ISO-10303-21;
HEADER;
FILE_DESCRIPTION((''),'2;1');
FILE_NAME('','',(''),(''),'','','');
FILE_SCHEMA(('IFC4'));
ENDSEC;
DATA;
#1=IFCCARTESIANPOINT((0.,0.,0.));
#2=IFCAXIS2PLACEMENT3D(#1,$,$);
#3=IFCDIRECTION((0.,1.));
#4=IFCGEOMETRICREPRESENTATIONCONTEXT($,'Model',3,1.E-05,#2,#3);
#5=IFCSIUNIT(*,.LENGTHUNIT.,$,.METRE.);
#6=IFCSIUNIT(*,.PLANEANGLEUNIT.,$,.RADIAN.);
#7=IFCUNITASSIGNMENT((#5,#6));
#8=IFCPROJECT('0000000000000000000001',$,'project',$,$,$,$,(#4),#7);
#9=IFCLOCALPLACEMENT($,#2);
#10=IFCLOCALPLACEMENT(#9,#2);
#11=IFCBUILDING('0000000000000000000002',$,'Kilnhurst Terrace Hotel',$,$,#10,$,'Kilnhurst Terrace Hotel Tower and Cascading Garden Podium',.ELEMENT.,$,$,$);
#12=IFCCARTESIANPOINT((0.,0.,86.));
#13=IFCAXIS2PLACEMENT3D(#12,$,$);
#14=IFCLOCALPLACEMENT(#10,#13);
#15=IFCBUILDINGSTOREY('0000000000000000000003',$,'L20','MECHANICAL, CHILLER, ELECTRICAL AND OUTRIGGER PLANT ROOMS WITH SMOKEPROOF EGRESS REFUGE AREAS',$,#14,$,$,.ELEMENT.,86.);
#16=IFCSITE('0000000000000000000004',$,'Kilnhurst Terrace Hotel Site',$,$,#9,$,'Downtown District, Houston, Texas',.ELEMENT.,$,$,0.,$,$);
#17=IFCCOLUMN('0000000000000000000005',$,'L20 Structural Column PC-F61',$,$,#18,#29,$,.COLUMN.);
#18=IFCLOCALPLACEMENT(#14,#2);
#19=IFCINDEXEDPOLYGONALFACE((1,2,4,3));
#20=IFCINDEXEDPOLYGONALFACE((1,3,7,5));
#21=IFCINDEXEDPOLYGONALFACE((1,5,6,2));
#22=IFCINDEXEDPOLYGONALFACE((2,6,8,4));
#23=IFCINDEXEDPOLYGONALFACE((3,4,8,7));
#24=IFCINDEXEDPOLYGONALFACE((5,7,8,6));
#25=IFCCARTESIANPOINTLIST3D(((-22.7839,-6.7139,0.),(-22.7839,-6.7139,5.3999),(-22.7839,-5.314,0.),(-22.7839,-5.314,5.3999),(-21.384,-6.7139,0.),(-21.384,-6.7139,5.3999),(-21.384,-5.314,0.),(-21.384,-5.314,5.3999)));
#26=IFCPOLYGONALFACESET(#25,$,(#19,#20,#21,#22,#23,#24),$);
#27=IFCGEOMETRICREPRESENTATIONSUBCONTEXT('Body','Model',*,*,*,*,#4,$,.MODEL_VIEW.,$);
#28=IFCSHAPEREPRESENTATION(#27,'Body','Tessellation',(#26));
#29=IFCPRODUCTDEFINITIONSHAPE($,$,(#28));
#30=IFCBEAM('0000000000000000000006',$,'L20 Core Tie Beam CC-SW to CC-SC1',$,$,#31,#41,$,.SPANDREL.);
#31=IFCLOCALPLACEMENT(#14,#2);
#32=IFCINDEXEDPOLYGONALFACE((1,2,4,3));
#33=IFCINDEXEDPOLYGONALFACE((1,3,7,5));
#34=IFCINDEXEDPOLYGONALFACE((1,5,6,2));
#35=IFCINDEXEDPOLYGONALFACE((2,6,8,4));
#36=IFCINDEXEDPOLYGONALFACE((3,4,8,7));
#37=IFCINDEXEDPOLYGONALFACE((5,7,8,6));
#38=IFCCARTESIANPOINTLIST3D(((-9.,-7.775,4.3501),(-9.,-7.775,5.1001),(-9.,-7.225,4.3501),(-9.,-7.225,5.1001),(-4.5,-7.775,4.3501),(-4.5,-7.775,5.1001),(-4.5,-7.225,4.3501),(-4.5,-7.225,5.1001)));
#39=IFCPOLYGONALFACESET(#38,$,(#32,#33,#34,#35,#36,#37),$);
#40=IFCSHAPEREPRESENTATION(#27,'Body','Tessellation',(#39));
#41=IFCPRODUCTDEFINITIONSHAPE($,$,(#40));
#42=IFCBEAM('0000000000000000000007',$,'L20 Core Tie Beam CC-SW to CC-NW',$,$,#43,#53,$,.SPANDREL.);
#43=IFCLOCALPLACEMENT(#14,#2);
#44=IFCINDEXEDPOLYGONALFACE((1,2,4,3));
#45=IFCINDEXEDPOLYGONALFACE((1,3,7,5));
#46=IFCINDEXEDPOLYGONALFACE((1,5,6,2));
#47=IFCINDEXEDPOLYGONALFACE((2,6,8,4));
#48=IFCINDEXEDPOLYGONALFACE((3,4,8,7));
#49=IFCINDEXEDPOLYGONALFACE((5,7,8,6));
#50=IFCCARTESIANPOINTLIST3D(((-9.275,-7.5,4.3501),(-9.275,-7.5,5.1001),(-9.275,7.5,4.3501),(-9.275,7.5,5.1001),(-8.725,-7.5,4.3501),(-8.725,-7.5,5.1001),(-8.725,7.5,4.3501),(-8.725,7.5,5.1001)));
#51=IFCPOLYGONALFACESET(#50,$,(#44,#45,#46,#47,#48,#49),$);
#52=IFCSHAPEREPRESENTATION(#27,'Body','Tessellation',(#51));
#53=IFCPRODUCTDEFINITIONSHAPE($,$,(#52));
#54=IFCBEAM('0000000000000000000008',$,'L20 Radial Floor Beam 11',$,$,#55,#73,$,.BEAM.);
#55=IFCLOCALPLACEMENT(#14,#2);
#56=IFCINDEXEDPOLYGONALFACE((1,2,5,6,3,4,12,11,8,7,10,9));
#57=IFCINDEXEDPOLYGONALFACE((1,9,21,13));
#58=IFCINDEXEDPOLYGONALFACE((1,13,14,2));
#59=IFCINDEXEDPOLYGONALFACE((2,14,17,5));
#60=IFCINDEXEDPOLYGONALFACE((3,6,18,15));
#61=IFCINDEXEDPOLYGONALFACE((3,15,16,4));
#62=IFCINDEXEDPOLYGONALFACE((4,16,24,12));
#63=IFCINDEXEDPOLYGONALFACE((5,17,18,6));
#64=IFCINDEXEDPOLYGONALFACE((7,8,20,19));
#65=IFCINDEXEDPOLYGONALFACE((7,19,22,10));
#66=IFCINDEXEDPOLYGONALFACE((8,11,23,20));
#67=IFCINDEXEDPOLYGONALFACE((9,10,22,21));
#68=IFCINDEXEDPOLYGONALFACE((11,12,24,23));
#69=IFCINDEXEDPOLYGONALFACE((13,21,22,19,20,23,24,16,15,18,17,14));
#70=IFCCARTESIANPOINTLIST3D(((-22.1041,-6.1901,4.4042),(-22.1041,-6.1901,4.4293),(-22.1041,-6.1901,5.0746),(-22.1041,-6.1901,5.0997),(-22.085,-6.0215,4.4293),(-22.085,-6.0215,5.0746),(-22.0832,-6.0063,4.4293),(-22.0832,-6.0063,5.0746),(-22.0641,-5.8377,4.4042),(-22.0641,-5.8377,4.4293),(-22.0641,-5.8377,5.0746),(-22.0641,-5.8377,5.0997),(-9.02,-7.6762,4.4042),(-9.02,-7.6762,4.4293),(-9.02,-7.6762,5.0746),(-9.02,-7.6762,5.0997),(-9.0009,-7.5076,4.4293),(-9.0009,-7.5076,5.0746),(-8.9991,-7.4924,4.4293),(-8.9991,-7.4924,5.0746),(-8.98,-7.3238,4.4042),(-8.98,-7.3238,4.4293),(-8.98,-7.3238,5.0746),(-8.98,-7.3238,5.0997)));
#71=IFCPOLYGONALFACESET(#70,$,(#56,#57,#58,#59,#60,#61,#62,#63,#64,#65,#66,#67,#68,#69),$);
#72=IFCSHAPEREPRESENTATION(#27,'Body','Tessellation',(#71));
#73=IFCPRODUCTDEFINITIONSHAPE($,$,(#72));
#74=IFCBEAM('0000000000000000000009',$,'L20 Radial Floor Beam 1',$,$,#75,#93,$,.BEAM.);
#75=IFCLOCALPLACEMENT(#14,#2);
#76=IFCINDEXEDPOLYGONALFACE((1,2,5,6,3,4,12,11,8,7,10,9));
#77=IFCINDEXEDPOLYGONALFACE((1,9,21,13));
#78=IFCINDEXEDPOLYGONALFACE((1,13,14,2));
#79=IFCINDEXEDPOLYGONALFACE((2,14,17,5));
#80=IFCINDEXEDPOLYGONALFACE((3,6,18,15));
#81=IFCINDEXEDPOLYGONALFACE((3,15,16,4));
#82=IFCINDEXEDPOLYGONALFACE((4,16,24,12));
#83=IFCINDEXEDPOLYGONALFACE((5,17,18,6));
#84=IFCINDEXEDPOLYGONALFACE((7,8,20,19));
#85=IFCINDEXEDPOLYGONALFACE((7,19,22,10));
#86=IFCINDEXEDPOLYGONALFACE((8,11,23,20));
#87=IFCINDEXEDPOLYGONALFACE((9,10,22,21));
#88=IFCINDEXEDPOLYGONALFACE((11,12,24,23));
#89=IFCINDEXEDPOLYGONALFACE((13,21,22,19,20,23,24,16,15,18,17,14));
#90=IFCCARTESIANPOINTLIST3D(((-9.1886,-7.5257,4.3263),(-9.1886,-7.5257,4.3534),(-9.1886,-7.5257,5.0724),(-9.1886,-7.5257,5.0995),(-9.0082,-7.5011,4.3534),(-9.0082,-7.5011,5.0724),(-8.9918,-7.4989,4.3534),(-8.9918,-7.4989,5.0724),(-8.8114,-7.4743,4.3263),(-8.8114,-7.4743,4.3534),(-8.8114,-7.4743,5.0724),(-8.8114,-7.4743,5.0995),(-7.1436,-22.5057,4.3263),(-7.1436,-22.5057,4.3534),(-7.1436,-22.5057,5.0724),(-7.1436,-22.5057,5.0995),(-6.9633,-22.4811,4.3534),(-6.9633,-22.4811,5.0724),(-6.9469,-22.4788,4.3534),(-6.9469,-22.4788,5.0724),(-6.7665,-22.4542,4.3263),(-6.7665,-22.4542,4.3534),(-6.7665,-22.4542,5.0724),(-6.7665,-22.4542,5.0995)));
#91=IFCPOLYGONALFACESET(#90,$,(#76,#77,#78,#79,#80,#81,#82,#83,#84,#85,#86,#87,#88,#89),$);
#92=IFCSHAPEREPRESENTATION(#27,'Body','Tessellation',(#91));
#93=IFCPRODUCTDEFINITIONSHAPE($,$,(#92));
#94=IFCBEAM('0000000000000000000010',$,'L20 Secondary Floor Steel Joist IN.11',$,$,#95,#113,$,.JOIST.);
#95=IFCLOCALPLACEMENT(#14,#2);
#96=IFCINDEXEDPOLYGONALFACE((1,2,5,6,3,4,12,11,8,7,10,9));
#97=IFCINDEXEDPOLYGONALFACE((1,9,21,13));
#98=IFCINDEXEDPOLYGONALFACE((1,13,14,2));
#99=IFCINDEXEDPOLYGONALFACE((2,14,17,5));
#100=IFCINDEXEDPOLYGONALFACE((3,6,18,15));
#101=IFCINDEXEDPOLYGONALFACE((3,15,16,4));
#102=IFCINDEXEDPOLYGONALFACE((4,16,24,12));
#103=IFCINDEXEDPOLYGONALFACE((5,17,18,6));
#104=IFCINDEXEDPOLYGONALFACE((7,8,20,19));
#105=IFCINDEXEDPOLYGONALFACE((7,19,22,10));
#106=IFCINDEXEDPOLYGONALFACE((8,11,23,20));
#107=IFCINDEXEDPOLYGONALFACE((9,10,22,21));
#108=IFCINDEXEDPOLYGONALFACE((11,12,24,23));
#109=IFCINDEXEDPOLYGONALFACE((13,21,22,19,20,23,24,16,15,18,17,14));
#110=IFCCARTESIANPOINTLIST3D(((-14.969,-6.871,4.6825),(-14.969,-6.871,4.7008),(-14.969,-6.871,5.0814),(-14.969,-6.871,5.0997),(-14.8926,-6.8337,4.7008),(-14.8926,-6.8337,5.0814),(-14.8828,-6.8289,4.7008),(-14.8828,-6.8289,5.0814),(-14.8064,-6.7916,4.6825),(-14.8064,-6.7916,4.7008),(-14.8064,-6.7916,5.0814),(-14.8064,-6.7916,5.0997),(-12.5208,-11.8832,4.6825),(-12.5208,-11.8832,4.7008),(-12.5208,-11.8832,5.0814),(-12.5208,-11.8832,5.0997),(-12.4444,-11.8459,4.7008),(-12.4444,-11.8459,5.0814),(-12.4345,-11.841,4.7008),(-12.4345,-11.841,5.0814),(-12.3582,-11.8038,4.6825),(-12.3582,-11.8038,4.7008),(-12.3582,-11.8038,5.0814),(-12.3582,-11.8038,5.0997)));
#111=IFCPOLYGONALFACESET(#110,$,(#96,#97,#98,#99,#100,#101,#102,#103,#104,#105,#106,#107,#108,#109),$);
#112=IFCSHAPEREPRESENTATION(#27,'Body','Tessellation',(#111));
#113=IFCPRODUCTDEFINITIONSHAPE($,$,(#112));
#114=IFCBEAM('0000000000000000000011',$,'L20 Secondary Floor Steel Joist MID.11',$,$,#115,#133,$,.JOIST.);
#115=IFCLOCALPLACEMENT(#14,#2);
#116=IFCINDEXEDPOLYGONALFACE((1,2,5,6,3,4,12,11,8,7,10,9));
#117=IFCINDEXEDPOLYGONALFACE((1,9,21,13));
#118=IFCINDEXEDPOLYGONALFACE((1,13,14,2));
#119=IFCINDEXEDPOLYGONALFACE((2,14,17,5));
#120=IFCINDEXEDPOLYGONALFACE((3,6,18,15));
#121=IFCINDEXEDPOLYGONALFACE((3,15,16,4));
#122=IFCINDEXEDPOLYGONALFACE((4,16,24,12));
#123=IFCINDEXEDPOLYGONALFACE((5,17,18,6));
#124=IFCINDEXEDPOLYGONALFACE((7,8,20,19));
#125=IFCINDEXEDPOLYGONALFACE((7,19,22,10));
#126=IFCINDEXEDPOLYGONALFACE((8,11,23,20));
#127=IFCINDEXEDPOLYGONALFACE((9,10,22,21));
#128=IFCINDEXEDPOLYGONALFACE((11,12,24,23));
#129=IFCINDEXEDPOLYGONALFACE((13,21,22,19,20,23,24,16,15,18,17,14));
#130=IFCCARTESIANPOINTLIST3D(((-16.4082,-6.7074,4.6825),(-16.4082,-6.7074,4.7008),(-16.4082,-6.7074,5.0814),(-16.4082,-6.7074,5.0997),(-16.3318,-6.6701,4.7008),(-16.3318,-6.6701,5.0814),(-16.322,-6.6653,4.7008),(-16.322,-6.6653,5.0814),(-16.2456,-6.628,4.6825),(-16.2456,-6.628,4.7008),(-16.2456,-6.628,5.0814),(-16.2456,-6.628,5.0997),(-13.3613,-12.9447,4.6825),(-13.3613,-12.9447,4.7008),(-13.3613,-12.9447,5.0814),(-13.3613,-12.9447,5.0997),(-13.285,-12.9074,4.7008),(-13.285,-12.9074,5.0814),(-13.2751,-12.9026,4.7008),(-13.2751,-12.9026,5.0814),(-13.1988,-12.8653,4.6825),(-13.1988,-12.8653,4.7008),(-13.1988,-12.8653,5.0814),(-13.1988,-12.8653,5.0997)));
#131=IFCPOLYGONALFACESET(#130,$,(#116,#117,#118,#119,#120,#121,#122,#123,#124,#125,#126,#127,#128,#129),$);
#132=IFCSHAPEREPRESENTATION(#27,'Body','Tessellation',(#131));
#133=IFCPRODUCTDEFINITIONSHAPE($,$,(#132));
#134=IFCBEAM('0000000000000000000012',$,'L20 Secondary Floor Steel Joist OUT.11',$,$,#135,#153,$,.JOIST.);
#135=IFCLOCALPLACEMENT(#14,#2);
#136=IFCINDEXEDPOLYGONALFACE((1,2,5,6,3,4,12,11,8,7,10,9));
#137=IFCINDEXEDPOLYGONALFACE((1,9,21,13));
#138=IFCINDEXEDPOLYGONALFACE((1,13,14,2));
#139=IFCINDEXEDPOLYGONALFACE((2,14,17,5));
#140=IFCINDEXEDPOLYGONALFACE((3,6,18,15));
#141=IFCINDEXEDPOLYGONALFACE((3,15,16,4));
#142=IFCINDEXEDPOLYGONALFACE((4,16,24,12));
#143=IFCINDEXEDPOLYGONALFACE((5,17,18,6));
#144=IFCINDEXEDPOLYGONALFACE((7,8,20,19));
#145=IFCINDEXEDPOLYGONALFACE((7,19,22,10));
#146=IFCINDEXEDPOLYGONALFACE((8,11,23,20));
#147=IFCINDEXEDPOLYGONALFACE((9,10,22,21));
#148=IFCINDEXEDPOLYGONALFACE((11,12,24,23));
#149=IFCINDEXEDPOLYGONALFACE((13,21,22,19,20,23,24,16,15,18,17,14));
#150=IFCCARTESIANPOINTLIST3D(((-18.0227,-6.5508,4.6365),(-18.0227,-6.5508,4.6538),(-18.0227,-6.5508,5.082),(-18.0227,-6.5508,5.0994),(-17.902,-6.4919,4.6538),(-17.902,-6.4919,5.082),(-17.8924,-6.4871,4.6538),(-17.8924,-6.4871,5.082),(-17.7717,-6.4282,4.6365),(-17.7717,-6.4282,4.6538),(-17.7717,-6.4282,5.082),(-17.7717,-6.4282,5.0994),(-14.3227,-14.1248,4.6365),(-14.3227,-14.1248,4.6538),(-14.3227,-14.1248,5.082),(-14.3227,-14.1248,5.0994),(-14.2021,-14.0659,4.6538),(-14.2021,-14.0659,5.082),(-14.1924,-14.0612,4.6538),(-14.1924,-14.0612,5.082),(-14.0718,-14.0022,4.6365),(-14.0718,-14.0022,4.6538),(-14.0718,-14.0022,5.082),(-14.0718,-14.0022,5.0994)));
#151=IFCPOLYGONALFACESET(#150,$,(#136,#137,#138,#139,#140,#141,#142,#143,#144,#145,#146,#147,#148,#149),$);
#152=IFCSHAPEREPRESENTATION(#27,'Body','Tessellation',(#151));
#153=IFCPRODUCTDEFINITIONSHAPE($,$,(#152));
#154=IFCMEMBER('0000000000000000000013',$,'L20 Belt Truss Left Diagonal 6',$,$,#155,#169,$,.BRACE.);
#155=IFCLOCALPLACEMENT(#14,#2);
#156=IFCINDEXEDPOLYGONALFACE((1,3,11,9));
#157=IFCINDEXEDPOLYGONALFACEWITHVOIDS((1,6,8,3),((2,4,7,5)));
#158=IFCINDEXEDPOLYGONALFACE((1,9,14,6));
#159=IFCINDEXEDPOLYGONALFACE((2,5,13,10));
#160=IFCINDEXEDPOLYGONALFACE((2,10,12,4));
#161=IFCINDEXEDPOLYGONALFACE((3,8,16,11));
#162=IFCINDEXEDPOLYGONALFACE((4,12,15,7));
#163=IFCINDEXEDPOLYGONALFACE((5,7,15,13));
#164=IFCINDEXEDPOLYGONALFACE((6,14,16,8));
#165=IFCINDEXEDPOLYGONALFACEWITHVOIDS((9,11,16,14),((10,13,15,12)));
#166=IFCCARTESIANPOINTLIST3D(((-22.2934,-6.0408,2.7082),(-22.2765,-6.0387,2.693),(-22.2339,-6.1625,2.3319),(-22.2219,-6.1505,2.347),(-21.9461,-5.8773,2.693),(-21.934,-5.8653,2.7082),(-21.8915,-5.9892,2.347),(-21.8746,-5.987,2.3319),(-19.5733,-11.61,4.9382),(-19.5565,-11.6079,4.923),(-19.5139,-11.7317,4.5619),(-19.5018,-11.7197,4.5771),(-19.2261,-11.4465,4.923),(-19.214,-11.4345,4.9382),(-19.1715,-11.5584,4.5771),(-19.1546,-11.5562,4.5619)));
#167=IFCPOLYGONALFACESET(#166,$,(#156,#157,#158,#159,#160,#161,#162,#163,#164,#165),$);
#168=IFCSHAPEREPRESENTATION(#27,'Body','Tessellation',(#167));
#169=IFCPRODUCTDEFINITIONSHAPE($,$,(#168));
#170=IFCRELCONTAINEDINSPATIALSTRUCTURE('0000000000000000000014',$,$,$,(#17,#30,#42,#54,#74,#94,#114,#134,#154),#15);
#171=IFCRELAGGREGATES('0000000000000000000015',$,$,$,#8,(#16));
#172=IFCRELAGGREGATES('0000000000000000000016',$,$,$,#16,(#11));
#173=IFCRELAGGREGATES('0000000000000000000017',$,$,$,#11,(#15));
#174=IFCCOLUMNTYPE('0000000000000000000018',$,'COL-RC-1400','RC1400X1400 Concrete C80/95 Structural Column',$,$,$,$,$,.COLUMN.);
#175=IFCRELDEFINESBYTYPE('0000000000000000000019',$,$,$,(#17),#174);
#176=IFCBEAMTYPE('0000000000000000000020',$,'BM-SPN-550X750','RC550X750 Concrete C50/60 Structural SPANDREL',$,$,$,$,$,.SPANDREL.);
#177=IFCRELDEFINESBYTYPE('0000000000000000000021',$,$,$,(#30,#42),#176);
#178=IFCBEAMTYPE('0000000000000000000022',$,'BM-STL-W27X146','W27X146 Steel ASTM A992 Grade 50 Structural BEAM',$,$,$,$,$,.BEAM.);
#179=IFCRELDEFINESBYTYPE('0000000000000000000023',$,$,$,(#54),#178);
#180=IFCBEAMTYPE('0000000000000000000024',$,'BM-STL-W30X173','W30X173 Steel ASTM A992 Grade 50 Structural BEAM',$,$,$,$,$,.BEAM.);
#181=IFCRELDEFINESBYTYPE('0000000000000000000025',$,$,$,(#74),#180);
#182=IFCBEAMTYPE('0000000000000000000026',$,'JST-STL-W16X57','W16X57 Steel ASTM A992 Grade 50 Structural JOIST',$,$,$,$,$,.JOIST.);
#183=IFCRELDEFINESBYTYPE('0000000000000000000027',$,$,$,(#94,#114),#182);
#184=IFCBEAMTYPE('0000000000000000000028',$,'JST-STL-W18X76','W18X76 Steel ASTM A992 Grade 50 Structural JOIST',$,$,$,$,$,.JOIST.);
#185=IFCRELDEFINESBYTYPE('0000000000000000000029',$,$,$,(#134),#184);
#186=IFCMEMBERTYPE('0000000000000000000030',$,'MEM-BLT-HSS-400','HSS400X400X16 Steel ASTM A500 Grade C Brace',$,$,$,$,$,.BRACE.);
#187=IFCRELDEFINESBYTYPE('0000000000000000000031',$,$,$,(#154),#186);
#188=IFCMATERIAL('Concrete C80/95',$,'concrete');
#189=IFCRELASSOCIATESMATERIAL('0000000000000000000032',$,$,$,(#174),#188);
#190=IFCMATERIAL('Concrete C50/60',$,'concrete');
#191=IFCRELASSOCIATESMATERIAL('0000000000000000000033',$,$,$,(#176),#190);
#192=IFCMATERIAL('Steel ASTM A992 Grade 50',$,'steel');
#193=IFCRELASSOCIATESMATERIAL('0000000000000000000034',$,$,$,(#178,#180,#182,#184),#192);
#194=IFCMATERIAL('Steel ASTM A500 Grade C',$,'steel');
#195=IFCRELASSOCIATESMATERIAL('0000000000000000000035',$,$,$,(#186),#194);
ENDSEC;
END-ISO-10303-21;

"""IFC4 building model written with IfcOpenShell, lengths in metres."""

from ifc_helpers import new_model, si_unit, direction, frame, origin, origin_2d, place, context, subcontext, project, spatial, rectangle, hollow_rectangle, i_section, extrude, material, material_profile, profile_set, type_object, element, save


model = new_model("IFC4")

# Units and contexts
model_context = context("Model", 3, precision=1e-05, world=origin(), true_north=direction((0.0, 1.0)))
body_context = subcontext(model_context, "Body", "Model", "MODEL_VIEW")
ifc_project = project(units=[si_unit("LENGTHUNIT", "METRE"), si_unit("PLANEANGLEUNIT", "RADIAN")], contexts=[model_context])

# Site, building, storey
site_placement = place(None, origin())
site = spatial("IfcSite", under=ifc_project, at=site_placement, Name="Kilnhurst Terrace Hotel Site", LongName="Downtown District, Houston, Texas", CompositionType="ELEMENT", RefElevation=0.0)
building_placement = place(site_placement, origin())
building = spatial("IfcBuilding", under=site, at=building_placement, Name="Kilnhurst Terrace Hotel", LongName="Kilnhurst Terrace Hotel Tower and Cascading Garden Podium", CompositionType="ELEMENT")
storey_placement = place(building_placement, frame((0.0, 0.0, 86.0)))
storey = spatial("IfcBuildingStorey", under=building, at=storey_placement, Name="L20", Description="MECHANICAL, CHILLER, ELECTRICAL AND OUTRIGGER PLANT ROOMS WITH SMOKEPROOF EGRESS REFUGE AREAS", CompositionType="ELEMENT", Elevation=86.0)

# Column
ifc_material_1 = material(Name="Concrete C80/95", Category="concrete")
ifc_material_profile_1 = material_profile(ifc_material_1, rectangle(XDim=1.3999, YDim=1.3999, at=origin_2d()), Name="RC1400X1400")
ifc_profile_set_1 = profile_set([ifc_material_profile_1], Name="Concrete C80/95")
column_type = type_object("IfcColumnType", Name="COL-RC-1400", Description="RC1400X1400 Concrete C80/95 Structural Column", PredefinedType="COLUMN", material=ifc_profile_set_1)
column_placement = place(storey_placement, frame((-22.084, -6.0139, 0.0), z_axis=(0.0, 0.0, 1.0), x_axis=(1.0, 0.0, 0.0)))
element("IfcColumn", 1, at=column_placement, inside=storey, type_object=column_type, Name="L20 Structural Column PC-F61", PredefinedType="COLUMN", context=body_context, shape_type="SweptSolid", body=[
    extrude(rectangle(XDim=1.3999, YDim=1.3999, at=origin_2d()), origin(), (0.0, 0.0, 1.0), 5.3999),
])

# Beams
ifc_material_2 = material(Name="Concrete C50/60", Category="concrete")
ifc_material_profile_2 = material_profile(ifc_material_2, rectangle(XDim=0.55, YDim=0.75, at=origin_2d()), Name="RC550X750")
ifc_profile_set_2 = profile_set([ifc_material_profile_2], Name="Concrete C50/60")
beam_type_1 = type_object("IfcBeamType", Name="BM-SPN-550X750", Description="RC550X750 Concrete C50/60 Structural SPANDREL", PredefinedType="SPANDREL", material=ifc_profile_set_2)
beam_1_placement = place(storey_placement, frame((-9.0, -7.5, 4.7251), z_axis=(1.0, 0.0, 0.0), x_axis=(0.0, 1.0, 0.0)))
element("IfcBeam", 2, at=beam_1_placement, inside=storey, type_object=beam_type_1, Name="L20 Core Tie Beam CC-SW to CC-SC1", PredefinedType="SPANDREL", context=body_context, shape_type="SweptSolid", body=[
    extrude(rectangle(XDim=0.55, YDim=0.75, at=origin_2d()), origin(), (0.0, 0.0, 1.0), 4.5),
])
beam_2_placement = place(storey_placement, frame((-9.0, -7.5, 4.7251), z_axis=(0.0, 1.0, 0.0), x_axis=(-1.0, 0.0, 0.0)))
element("IfcBeam", 3, at=beam_2_placement, inside=storey, type_object=beam_type_1, Name="L20 Core Tie Beam CC-SW to CC-NW", PredefinedType="SPANDREL", context=body_context, shape_type="SweptSolid", body=[
    extrude(rectangle(XDim=0.55, YDim=0.75, at=origin_2d()), origin(), (0.0, 0.0, 1.0), 15.0),
])
ifc_material_3 = material(Name="Steel ASTM A992 Grade 50", Category="steel")
ifc_material_profile_3 = material_profile(ifc_material_3, i_section(OverallWidth=0.3547, OverallDepth=0.6956, WebThickness=0.0154, FlangeThickness=0.0251, at=origin_2d()), Name="W27X146")
ifc_profile_set_3 = profile_set([ifc_material_profile_3], Name="Steel ASTM A992 Grade 50")
beam_type_2 = type_object("IfcBeamType", Name="BM-STL-W27X146", Description="W27X146 Steel ASTM A992 Grade 50 Structural BEAM", PredefinedType="BEAM", material=ifc_profile_set_3)
beam_3_placement = place(storey_placement, frame((-9.0, -7.5, 4.752), z_axis=(-0.993611, 0.112855, 0.0), x_axis=(-0.112855, -0.993611, 0.0)))
element("IfcBeam", 4, at=beam_3_placement, inside=storey, type_object=beam_type_2, Name="L20 Radial Floor Beam 11", PredefinedType="BEAM", context=body_context, shape_type="SweptSolid", body=[
    extrude(i_section(OverallWidth=0.3547, OverallDepth=0.6956, WebThickness=0.0154, FlangeThickness=0.0251, at=origin_2d()), origin(), (0.0, 0.0, 1.0), 13.1682),
])
ifc_material_profile_4 = material_profile(ifc_material_3, i_section(OverallWidth=0.3806, OverallDepth=0.7732, WebThickness=0.0166, FlangeThickness=0.0271, at=origin_2d()), Name="W30X173")
ifc_profile_set_4 = profile_set([ifc_material_profile_4], Name="Steel ASTM A992 Grade 50")
beam_type_3 = type_object("IfcBeamType", Name="BM-STL-W30X173", Description="W30X173 Steel ASTM A992 Grade 50 Structural BEAM", PredefinedType="BEAM", material=ifc_profile_set_4)
beam_4_placement = place(storey_placement, frame((-9.0, -7.5, 4.7129), z_axis=(0.135256, -0.990811, 0.0), x_axis=(0.990811, 0.135256, 0.0)))
element("IfcBeam", 5, at=beam_4_placement, inside=storey, type_object=beam_type_3, Name="L20 Radial Floor Beam 1", PredefinedType="BEAM", context=body_context, shape_type="SweptSolid", body=[
    extrude(i_section(OverallWidth=0.3806, OverallDepth=0.7732, WebThickness=0.0166, FlangeThickness=0.0271, at=origin_2d()), origin(), (0.0, 0.0, 1.0), 15.1189),
])
ifc_material_profile_5 = material_profile(ifc_material_3, i_section(OverallWidth=0.1809, OverallDepth=0.4172, WebThickness=0.011, FlangeThickness=0.0183, at=origin_2d()), Name="W16X57")
ifc_profile_set_5 = profile_set([ifc_material_profile_5], Name="Steel ASTM A992 Grade 50")
beam_type_4 = type_object("IfcBeamType", Name="JST-STL-W16X57", Description="W16X57 Steel ASTM A992 Grade 50 Structural JOIST", PredefinedType="JOIST", material=ifc_profile_set_5)
beam_5_placement = place(storey_placement, frame((-14.8877, -6.8313, 4.8911), z_axis=(0.438896, -0.898538, 0.0), x_axis=(0.898538, 0.438896, 0.0)))
element("IfcBeam", 6, at=beam_5_placement, inside=storey, type_object=beam_type_4, Name="L20 Secondary Floor Steel Joist IN.11", PredefinedType="JOIST", context=body_context, shape_type="SweptSolid", body=[
    extrude(i_section(OverallWidth=0.1809, OverallDepth=0.4172, WebThickness=0.011, FlangeThickness=0.0183, at=origin_2d()), origin(), (0.0, 0.0, 1.0), 5.5781),
])
beam_6_placement = place(storey_placement, frame((-16.3269, -6.6677, 4.8911), z_axis=(0.438922, -0.898525, 0.0), x_axis=(0.898525, 0.438922, 0.0)))
element("IfcBeam", 7, at=beam_6_placement, inside=storey, type_object=beam_type_4, Name="L20 Secondary Floor Steel Joist MID.11", PredefinedType="JOIST", context=body_context, shape_type="SweptSolid", body=[
    extrude(i_section(OverallWidth=0.1809, OverallDepth=0.4172, WebThickness=0.011, FlangeThickness=0.0183, at=origin_2d()), origin(), (0.0, 0.0, 1.0), 6.9417),
])
ifc_material_profile_6 = material_profile(ifc_material_3, i_section(OverallWidth=0.2793, OverallDepth=0.4629, WebThickness=0.0107, FlangeThickness=0.0173, at=origin_2d()), Name="W18X76")
ifc_profile_set_6 = profile_set([ifc_material_profile_6], Name="Steel ASTM A992 Grade 50")
beam_type_5 = type_object("IfcBeamType", Name="JST-STL-W18X76", Description="W18X76 Steel ASTM A992 Grade 50 Structural JOIST", PredefinedType="JOIST", material=ifc_profile_set_6)
beam_7_placement = place(storey_placement, frame((-17.8972, -6.4895, 4.8679), z_axis=(0.438934, -0.898519, 0.0), x_axis=(0.898519, 0.438934, 0.0)))
element("IfcBeam", 8, at=beam_7_placement, inside=storey, type_object=beam_type_5, Name="L20 Secondary Floor Steel Joist OUT.11", PredefinedType="JOIST", context=body_context, shape_type="SweptSolid", body=[
    extrude(i_section(OverallWidth=0.2793, OverallDepth=0.4629, WebThickness=0.0107, FlangeThickness=0.0173, at=origin_2d()), origin(), (0.0, 0.0, 1.0), 8.4294),
])

# Member
ifc_material_4 = material(Name="Steel ASTM A500 Grade C", Category="steel")
ifc_material_profile_7 = material_profile(ifc_material_4, hollow_rectangle(XDim=0.3999, YDim=0.3999, WallThickness=0.0161, at=origin_2d()), Name="HSS400X400X16")
ifc_profile_set_7 = profile_set([ifc_material_profile_7], Name="Steel ASTM A500 Grade C")
member_type_1 = type_object("IfcMemberType", Name="MEM-BLT-HSS-400", Description="HSS400X400X16 Steel ASTM A500 Grade C Brace", PredefinedType="BRACE", material=ifc_profile_set_7)
member_1_placement = place(storey_placement, frame((-22.084, -6.0139, 2.52), z_axis=(0.412943, -0.845494, 0.338553), x_axis=(0.898556, 0.438859, 0.0)))
element("IfcMember", 9, at=member_1_placement, inside=storey, type_object=member_type_1, Name="L20 Belt Truss Left Diagonal 6", PredefinedType="BRACE", context=body_context, shape_type="SweptSolid", body=[
    extrude(hollow_rectangle(XDim=0.3999, YDim=0.3999, WallThickness=0.0161, at=origin_2d()), origin(), (0.0, 0.0, 1.0), 6.5869),
])

save(model, "model.ifc")
